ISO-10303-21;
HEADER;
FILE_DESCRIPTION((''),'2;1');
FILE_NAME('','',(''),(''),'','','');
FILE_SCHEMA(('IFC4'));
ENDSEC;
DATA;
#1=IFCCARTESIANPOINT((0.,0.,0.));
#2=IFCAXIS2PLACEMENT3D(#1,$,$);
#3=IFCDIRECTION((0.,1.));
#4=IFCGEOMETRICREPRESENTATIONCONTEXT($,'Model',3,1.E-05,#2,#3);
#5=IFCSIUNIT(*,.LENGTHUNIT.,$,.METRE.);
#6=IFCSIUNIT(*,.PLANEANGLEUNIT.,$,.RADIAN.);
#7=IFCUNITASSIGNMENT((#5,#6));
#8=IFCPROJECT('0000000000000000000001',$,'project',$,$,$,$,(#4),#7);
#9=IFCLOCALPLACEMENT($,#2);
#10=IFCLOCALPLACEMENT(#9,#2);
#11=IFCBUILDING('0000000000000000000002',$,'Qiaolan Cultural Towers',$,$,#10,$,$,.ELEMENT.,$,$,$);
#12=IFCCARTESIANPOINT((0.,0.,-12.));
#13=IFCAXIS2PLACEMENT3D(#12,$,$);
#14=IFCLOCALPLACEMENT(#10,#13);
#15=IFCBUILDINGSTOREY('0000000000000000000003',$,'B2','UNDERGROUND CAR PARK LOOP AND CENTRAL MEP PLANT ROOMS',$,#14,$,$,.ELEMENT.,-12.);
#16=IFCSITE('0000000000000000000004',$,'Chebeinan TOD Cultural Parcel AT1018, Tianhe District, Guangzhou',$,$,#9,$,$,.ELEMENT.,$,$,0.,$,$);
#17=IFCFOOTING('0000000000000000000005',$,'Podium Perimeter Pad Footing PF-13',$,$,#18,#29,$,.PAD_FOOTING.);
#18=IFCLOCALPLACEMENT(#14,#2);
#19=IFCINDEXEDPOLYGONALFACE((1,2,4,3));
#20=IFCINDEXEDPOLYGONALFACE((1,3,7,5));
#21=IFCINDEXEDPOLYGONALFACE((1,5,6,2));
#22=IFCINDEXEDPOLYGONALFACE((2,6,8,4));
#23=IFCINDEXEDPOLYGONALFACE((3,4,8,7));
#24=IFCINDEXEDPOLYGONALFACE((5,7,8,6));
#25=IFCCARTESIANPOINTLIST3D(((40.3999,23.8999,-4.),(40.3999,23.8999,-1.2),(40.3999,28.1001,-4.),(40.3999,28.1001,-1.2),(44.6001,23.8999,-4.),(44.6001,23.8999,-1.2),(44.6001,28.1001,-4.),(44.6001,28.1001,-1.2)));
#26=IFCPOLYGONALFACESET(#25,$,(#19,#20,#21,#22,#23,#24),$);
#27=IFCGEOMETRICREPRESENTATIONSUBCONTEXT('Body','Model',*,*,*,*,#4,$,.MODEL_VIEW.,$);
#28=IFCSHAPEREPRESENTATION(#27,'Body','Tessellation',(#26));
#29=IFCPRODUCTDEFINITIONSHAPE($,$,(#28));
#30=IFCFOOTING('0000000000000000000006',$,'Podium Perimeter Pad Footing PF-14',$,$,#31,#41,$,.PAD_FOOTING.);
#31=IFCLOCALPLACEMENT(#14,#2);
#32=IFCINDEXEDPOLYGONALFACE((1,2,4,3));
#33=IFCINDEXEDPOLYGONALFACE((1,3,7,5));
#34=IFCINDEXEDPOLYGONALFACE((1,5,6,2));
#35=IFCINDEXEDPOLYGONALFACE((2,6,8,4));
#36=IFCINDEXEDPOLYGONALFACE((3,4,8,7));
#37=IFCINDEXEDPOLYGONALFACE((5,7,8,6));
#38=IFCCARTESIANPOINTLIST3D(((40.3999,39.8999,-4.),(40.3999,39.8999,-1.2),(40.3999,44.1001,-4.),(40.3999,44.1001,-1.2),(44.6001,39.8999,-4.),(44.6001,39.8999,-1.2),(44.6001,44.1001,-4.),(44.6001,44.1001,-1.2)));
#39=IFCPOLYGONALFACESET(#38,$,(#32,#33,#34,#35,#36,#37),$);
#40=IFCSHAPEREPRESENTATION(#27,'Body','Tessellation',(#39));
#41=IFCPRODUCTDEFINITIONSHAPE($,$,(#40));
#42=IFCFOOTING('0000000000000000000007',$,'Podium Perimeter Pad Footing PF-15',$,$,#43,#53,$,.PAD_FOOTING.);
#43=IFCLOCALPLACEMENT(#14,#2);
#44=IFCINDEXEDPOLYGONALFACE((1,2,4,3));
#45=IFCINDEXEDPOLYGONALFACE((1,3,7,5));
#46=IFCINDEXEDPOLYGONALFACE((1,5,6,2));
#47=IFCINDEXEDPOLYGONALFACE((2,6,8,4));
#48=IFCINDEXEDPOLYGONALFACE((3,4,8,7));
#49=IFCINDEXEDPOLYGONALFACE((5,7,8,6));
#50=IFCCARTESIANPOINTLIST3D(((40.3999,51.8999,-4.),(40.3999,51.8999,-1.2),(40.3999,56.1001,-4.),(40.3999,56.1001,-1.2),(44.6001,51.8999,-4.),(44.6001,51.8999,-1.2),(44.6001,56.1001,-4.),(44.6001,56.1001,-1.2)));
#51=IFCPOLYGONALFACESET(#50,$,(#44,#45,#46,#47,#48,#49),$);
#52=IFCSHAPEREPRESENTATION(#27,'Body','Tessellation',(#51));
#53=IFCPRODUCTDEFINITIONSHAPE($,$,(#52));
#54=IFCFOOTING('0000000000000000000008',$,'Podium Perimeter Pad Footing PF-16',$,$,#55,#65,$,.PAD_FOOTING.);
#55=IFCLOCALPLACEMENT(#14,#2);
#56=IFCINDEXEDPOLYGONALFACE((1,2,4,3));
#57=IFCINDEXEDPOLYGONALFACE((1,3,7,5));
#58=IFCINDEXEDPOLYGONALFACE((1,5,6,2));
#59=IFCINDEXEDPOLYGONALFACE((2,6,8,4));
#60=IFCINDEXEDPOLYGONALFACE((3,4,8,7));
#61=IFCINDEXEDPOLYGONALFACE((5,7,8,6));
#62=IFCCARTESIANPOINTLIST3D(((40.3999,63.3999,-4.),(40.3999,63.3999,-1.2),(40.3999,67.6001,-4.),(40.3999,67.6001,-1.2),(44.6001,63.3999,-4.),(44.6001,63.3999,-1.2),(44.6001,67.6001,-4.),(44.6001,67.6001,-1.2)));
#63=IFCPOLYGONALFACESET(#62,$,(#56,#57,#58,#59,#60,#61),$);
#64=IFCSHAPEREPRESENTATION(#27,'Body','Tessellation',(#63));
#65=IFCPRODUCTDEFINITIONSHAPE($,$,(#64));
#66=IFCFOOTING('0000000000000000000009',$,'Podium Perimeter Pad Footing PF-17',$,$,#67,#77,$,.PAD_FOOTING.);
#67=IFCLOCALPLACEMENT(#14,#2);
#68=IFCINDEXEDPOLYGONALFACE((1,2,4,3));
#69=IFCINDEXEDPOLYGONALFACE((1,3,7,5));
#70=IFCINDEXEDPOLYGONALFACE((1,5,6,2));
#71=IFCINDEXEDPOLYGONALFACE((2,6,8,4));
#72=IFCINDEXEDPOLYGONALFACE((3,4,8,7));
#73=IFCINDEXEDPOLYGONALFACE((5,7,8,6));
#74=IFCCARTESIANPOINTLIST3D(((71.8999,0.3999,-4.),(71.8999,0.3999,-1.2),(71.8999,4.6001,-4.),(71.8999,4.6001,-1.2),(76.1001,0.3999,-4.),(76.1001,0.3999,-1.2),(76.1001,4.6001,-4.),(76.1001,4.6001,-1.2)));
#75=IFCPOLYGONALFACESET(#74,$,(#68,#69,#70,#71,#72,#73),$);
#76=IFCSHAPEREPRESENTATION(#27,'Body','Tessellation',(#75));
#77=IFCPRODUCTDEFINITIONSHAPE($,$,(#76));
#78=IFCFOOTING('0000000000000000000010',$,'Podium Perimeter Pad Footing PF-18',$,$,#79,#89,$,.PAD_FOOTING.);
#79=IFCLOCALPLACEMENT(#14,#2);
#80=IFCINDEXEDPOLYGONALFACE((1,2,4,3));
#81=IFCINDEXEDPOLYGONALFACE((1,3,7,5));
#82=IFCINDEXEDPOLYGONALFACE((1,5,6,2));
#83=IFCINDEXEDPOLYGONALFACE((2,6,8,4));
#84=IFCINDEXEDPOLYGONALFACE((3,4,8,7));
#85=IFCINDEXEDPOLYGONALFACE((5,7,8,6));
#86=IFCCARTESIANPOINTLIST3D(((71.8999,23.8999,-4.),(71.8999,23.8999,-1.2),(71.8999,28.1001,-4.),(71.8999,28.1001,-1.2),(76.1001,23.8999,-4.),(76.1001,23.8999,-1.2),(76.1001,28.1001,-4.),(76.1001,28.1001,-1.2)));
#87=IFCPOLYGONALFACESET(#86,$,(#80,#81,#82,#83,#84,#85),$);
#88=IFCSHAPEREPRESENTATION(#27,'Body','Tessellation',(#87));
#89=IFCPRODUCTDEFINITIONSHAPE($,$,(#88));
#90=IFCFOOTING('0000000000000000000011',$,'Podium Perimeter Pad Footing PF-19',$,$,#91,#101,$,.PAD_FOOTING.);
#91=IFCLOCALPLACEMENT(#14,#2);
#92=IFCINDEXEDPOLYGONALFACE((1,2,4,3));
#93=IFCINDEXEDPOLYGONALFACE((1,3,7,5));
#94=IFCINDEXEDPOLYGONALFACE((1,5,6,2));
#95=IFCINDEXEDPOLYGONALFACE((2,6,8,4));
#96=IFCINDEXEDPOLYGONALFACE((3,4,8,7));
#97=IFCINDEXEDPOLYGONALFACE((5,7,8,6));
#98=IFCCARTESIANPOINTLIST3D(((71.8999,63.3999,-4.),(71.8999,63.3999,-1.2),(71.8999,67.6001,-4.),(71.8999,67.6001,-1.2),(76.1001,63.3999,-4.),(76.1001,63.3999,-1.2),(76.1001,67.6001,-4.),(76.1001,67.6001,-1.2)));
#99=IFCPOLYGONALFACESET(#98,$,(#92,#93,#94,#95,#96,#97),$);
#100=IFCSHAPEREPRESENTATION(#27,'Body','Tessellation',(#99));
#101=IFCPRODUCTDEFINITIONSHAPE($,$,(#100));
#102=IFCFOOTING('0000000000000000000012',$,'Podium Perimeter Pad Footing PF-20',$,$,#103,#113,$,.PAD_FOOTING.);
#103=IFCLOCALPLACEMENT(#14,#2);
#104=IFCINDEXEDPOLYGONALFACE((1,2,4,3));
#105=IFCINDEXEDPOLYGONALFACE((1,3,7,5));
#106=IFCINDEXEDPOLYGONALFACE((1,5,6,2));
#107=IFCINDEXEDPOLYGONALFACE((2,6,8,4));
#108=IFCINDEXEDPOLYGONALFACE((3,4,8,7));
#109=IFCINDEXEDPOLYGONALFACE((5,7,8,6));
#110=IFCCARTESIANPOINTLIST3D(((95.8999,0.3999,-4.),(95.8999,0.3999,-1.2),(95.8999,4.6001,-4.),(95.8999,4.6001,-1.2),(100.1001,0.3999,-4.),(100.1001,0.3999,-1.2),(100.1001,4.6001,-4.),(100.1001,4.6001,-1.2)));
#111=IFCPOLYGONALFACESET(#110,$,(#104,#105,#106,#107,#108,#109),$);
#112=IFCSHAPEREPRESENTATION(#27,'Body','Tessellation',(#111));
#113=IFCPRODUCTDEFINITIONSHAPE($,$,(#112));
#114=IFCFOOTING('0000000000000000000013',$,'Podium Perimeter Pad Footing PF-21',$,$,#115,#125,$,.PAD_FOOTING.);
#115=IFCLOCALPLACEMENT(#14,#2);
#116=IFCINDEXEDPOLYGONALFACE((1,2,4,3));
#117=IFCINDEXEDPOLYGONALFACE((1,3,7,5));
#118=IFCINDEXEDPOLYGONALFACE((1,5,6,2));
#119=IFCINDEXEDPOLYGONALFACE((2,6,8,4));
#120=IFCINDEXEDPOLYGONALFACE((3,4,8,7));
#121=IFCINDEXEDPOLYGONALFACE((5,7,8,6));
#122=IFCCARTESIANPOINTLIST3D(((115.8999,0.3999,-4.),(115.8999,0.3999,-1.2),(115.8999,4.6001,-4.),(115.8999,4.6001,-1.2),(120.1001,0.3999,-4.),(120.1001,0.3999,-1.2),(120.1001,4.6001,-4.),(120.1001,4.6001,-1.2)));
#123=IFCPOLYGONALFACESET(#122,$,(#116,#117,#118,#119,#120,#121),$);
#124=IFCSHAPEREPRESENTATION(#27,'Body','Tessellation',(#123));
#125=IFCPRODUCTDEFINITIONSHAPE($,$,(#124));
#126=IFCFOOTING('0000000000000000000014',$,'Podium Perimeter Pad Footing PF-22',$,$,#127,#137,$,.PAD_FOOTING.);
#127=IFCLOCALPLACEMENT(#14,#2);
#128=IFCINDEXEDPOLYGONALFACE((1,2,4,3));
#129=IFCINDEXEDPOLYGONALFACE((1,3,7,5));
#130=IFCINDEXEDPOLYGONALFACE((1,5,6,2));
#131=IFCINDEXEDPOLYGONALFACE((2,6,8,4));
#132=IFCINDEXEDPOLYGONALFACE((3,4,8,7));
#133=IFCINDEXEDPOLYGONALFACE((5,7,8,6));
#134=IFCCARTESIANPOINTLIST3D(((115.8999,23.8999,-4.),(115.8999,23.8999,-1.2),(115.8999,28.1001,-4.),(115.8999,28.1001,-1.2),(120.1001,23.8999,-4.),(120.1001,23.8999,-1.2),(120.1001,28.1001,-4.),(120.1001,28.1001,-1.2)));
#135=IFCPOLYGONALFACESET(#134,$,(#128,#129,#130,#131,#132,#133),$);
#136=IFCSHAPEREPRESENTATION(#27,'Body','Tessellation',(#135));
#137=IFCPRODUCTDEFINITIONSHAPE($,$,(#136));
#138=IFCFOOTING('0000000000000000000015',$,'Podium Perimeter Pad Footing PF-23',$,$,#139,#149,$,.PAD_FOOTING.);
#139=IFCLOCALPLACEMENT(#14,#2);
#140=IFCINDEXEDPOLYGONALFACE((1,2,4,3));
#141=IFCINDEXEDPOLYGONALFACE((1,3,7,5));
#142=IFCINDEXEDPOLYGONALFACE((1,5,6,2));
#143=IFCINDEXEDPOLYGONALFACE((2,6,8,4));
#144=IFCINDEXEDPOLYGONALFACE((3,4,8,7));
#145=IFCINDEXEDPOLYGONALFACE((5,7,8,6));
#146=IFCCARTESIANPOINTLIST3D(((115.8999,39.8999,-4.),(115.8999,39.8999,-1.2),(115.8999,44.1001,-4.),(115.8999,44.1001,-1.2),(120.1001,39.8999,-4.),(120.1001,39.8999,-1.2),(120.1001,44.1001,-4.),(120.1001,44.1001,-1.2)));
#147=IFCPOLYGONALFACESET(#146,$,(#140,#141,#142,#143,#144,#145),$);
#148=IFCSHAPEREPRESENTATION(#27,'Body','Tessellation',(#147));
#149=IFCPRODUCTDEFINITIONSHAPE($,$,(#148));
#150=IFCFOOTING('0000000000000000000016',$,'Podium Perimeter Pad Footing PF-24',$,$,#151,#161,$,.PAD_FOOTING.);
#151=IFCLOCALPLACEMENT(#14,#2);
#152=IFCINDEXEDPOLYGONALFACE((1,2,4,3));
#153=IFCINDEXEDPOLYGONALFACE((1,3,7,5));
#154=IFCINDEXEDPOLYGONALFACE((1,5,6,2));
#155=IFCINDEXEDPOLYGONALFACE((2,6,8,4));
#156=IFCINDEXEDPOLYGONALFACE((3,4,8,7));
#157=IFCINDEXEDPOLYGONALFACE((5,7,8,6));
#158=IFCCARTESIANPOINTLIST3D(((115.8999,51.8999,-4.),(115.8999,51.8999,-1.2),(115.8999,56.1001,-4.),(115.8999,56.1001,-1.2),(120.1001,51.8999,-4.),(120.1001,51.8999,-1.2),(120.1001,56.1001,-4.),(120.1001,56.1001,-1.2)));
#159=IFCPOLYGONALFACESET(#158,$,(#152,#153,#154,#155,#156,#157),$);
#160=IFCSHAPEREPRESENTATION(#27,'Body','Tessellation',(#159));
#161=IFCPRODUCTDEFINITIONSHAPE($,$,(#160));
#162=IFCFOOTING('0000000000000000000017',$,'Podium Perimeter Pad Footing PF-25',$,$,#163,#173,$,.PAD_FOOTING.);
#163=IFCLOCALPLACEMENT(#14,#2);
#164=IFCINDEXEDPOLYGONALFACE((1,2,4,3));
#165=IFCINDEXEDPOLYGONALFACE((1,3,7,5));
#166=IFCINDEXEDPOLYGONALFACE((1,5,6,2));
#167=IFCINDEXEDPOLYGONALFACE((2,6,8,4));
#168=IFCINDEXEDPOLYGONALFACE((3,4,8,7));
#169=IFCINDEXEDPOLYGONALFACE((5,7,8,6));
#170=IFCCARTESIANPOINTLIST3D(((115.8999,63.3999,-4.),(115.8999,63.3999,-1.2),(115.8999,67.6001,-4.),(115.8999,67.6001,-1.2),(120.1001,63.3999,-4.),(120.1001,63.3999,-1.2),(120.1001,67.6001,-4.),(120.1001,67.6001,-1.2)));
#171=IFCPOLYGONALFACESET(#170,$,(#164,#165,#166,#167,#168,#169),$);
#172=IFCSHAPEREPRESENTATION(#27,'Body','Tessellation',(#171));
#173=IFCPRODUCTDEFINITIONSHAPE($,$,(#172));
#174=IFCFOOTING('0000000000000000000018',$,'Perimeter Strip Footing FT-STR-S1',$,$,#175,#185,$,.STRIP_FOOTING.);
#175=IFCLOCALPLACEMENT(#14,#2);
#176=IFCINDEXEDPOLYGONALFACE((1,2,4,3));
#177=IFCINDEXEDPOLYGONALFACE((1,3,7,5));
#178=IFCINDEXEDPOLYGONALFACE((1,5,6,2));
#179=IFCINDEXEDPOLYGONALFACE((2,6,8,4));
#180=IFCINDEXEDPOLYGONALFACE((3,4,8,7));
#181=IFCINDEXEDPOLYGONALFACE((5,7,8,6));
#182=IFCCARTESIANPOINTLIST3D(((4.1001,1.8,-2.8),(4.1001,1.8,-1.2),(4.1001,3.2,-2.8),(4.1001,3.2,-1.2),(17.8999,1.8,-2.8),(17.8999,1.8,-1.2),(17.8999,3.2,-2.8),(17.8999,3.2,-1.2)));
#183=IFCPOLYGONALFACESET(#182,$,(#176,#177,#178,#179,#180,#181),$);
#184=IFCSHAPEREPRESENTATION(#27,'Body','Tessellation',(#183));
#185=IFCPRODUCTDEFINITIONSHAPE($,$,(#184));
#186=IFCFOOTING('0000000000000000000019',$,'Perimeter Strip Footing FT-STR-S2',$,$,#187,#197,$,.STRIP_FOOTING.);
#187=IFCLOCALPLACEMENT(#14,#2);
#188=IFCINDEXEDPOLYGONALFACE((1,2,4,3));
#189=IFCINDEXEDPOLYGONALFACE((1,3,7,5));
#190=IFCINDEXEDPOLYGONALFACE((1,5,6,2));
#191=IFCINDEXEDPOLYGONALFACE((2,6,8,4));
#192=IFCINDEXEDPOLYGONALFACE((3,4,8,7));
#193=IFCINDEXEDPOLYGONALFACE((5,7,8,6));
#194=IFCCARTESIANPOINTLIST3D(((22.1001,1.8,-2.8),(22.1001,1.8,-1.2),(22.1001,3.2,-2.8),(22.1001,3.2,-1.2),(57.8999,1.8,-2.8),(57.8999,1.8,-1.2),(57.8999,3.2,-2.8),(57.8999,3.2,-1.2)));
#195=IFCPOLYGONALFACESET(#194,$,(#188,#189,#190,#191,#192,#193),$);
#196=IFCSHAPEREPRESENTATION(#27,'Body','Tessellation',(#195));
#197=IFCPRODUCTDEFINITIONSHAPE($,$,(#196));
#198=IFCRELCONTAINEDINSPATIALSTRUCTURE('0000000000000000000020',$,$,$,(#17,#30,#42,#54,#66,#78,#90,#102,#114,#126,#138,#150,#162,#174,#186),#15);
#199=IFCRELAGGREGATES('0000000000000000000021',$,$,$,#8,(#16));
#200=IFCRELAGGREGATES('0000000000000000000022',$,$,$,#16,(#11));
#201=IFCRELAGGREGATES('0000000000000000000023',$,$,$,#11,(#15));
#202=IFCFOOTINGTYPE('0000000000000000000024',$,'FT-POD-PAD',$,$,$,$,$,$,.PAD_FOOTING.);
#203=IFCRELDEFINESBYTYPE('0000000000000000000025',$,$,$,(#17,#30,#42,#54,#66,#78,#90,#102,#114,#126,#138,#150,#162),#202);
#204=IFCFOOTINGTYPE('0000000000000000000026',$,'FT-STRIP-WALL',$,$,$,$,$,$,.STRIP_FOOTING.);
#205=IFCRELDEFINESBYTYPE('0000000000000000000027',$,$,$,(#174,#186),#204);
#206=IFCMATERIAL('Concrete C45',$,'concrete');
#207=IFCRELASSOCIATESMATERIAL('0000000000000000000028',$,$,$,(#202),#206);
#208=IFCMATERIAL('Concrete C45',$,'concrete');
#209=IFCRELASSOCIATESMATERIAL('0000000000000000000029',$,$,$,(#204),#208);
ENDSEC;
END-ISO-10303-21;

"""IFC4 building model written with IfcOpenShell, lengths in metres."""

from ifc_helpers import new_model, si_unit, direction, frame, origin, place, context, subcontext, project, spatial, polyline, outline, extrude, material, type_object, element, save


model = new_model("IFC4")

# Units and contexts
model_context = context("Model", 3, precision=1e-05, world=origin(), true_north=direction((0.0, 1.0)))
body_context = subcontext(model_context, "Body", "Model", "MODEL_VIEW")
ifc_project = project(units=[si_unit("LENGTHUNIT", "METRE"), si_unit("PLANEANGLEUNIT", "RADIAN")], contexts=[model_context])

# Site, building, storey
site_placement = place(None, origin())
site = spatial("IfcSite", under=ifc_project, at=site_placement, Name="Chebeinan TOD Cultural Parcel AT1018, Tianhe District, Guangzhou", CompositionType="ELEMENT", RefElevation=0.0)
building_placement = place(site_placement, origin())
building = spatial("IfcBuilding", under=site, at=building_placement, Name="Qiaolan Cultural Towers", CompositionType="ELEMENT")
storey_placement = place(building_placement, frame((0.0, 0.0, -12.0)))
storey = spatial("IfcBuildingStorey", under=building, at=storey_placement, Name="B2", Description="UNDERGROUND CAR PARK LOOP AND CENTRAL MEP PLANT ROOMS", CompositionType="ELEMENT", Elevation=-12.0)

# Footings
ifc_material_1 = material(Name="Concrete C45", Category="concrete")
footing_type_1 = type_object("IfcFootingType", Name="FT-POD-PAD", PredefinedType="PAD_FOOTING", material=ifc_material_1)
footing_1_placement = place(storey_placement, frame((0.0, 0.0, -4.0)))
element("IfcFooting", 1, at=footing_1_placement, inside=storey, type_object=footing_type_1, Name="Podium Perimeter Pad Footing PF-13", PredefinedType="PAD_FOOTING", context=body_context, shape_type="SweptSolid", body=[
    extrude(outline(polyline([(40.3999, 23.8999), (44.6001, 23.8999), (44.6001, 28.1001), (40.3999, 28.1001), (40.3999, 23.8999)])), origin(), (0.0, 0.0, 1.0), 2.8),
])
footing_2_placement = place(storey_placement, frame((0.0, 0.0, -4.0)))
element("IfcFooting", 2, at=footing_2_placement, inside=storey, type_object=footing_type_1, Name="Podium Perimeter Pad Footing PF-14", PredefinedType="PAD_FOOTING", context=body_context, shape_type="SweptSolid", body=[
    extrude(outline(polyline([(40.3999, 39.8999), (44.6001, 39.8999), (44.6001, 44.1001), (40.3999, 44.1001), (40.3999, 39.8999)])), origin(), (0.0, 0.0, 1.0), 2.8),
])
footing_3_placement = place(storey_placement, frame((0.0, 0.0, -4.0)))
element("IfcFooting", 3, at=footing_3_placement, inside=storey, type_object=footing_type_1, Name="Podium Perimeter Pad Footing PF-15", PredefinedType="PAD_FOOTING", context=body_context, shape_type="SweptSolid", body=[
    extrude(outline(polyline([(40.3999, 51.8999), (44.6001, 51.8999), (44.6001, 56.1001), (40.3999, 56.1001), (40.3999, 51.8999)])), origin(), (0.0, 0.0, 1.0), 2.8),
])
footing_4_placement = place(storey_placement, frame((0.0, 0.0, -4.0)))
element("IfcFooting", 4, at=footing_4_placement, inside=storey, type_object=footing_type_1, Name="Podium Perimeter Pad Footing PF-16", PredefinedType="PAD_FOOTING", context=body_context, shape_type="SweptSolid", body=[
    extrude(outline(polyline([(40.3999, 63.3999), (44.6001, 63.3999), (44.6001, 67.6001), (40.3999, 67.6001), (40.3999, 63.3999)])), origin(), (0.0, 0.0, 1.0), 2.8),
])
footing_5_placement = place(storey_placement, frame((0.0, 0.0, -4.0)))
element("IfcFooting", 5, at=footing_5_placement, inside=storey, type_object=footing_type_1, Name="Podium Perimeter Pad Footing PF-17", PredefinedType="PAD_FOOTING", context=body_context, shape_type="SweptSolid", body=[
    extrude(outline(polyline([(71.8999, 0.3999), (76.1001, 0.3999), (76.1001, 4.6001), (71.8999, 4.6001), (71.8999, 0.3999)])), origin(), (0.0, 0.0, 1.0), 2.8),
])
footing_6_placement = place(storey_placement, frame((0.0, 0.0, -4.0)))
element("IfcFooting", 6, at=footing_6_placement, inside=storey, type_object=footing_type_1, Name="Podium Perimeter Pad Footing PF-18", PredefinedType="PAD_FOOTING", context=body_context, shape_type="SweptSolid", body=[
    extrude(outline(polyline([(71.8999, 23.8999), (76.1001, 23.8999), (76.1001, 28.1001), (71.8999, 28.1001), (71.8999, 23.8999)])), origin(), (0.0, 0.0, 1.0), 2.8),
])
footing_7_placement = place(storey_placement, frame((0.0, 0.0, -4.0)))
element("IfcFooting", 7, at=footing_7_placement, inside=storey, type_object=footing_type_1, Name="Podium Perimeter Pad Footing PF-19", PredefinedType="PAD_FOOTING", context=body_context, shape_type="SweptSolid", body=[
    extrude(outline(polyline([(71.8999, 63.3999), (76.1001, 63.3999), (76.1001, 67.6001), (71.8999, 67.6001), (71.8999, 63.3999)])), origin(), (0.0, 0.0, 1.0), 2.8),
])
footing_8_placement = place(storey_placement, frame((0.0, 0.0, -4.0)))
element("IfcFooting", 8, at=footing_8_placement, inside=storey, type_object=footing_type_1, Name="Podium Perimeter Pad Footing PF-20", PredefinedType="PAD_FOOTING", context=body_context, shape_type="SweptSolid", body=[
    extrude(outline(polyline([(95.8999, 0.3999), (100.1001, 0.3999), (100.1001, 4.6001), (95.8999, 4.6001), (95.8999, 0.3999)])), origin(), (0.0, 0.0, 1.0), 2.8),
])
footing_9_placement = place(storey_placement, frame((0.0, 0.0, -4.0)))
element("IfcFooting", 9, at=footing_9_placement, inside=storey, type_object=footing_type_1, Name="Podium Perimeter Pad Footing PF-21", PredefinedType="PAD_FOOTING", context=body_context, shape_type="SweptSolid", body=[
    extrude(outline(polyline([(115.8999, 0.3999), (120.1001, 0.3999), (120.1001, 4.6001), (115.8999, 4.6001), (115.8999, 0.3999)])), origin(), (0.0, 0.0, 1.0), 2.8),
])
footing_10_placement = place(storey_placement, frame((0.0, 0.0, -4.0)))
element("IfcFooting", 10, at=footing_10_placement, inside=storey, type_object=footing_type_1, Name="Podium Perimeter Pad Footing PF-22", PredefinedType="PAD_FOOTING", context=body_context, shape_type="SweptSolid", body=[
    extrude(outline(polyline([(115.8999, 23.8999), (120.1001, 23.8999), (120.1001, 28.1001), (115.8999, 28.1001), (115.8999, 23.8999)])), origin(), (0.0, 0.0, 1.0), 2.8),
])
footing_11_placement = place(storey_placement, frame((0.0, 0.0, -4.0)))
element("IfcFooting", 11, at=footing_11_placement, inside=storey, type_object=footing_type_1, Name="Podium Perimeter Pad Footing PF-23", PredefinedType="PAD_FOOTING", context=body_context, shape_type="SweptSolid", body=[
    extrude(outline(polyline([(115.8999, 39.8999), (120.1001, 39.8999), (120.1001, 44.1001), (115.8999, 44.1001), (115.8999, 39.8999)])), origin(), (0.0, 0.0, 1.0), 2.8),
])
footing_12_placement = place(storey_placement, frame((0.0, 0.0, -4.0)))
element("IfcFooting", 12, at=footing_12_placement, inside=storey, type_object=footing_type_1, Name="Podium Perimeter Pad Footing PF-24", PredefinedType="PAD_FOOTING", context=body_context, shape_type="SweptSolid", body=[
    extrude(outline(polyline([(115.8999, 51.8999), (120.1001, 51.8999), (120.1001, 56.1001), (115.8999, 56.1001), (115.8999, 51.8999)])), origin(), (0.0, 0.0, 1.0), 2.8),
])
footing_13_placement = place(storey_placement, frame((0.0, 0.0, -4.0)))
element("IfcFooting", 13, at=footing_13_placement, inside=storey, type_object=footing_type_1, Name="Podium Perimeter Pad Footing PF-25", PredefinedType="PAD_FOOTING", context=body_context, shape_type="SweptSolid", body=[
    extrude(outline(polyline([(115.8999, 63.3999), (120.1001, 63.3999), (120.1001, 67.6001), (115.8999, 67.6001), (115.8999, 63.3999)])), origin(), (0.0, 0.0, 1.0), 2.8),
])
ifc_material_2 = material(Name="Concrete C45", Category="concrete")
footing_type_2 = type_object("IfcFootingType", Name="FT-STRIP-WALL", PredefinedType="STRIP_FOOTING", material=ifc_material_2)
footing_14_placement = place(storey_placement, frame((0.0, 0.0, -2.8)))
element("IfcFooting", 14, at=footing_14_placement, inside=storey, type_object=footing_type_2, Name="Perimeter Strip Footing FT-STR-S1", PredefinedType="STRIP_FOOTING", context=body_context, shape_type="SweptSolid", body=[
    extrude(outline(polyline([(4.1001, 1.8), (17.8999, 1.8), (17.8999, 3.2), (4.1001, 3.2), (4.1001, 1.8)])), origin(), (0.0, 0.0, 1.0), 1.6001),
])
footing_15_placement = place(storey_placement, frame((0.0, 0.0, -2.8)))
element("IfcFooting", 15, at=footing_15_placement, inside=storey, type_object=footing_type_2, Name="Perimeter Strip Footing FT-STR-S2", PredefinedType="STRIP_FOOTING", context=body_context, shape_type="SweptSolid", body=[
    extrude(outline(polyline([(22.1001, 1.8), (57.8999, 1.8), (57.8999, 3.2), (22.1001, 3.2), (22.1001, 1.8)])), origin(), (0.0, 0.0, 1.0), 1.6001),
])

save(model, "model.ifc")
